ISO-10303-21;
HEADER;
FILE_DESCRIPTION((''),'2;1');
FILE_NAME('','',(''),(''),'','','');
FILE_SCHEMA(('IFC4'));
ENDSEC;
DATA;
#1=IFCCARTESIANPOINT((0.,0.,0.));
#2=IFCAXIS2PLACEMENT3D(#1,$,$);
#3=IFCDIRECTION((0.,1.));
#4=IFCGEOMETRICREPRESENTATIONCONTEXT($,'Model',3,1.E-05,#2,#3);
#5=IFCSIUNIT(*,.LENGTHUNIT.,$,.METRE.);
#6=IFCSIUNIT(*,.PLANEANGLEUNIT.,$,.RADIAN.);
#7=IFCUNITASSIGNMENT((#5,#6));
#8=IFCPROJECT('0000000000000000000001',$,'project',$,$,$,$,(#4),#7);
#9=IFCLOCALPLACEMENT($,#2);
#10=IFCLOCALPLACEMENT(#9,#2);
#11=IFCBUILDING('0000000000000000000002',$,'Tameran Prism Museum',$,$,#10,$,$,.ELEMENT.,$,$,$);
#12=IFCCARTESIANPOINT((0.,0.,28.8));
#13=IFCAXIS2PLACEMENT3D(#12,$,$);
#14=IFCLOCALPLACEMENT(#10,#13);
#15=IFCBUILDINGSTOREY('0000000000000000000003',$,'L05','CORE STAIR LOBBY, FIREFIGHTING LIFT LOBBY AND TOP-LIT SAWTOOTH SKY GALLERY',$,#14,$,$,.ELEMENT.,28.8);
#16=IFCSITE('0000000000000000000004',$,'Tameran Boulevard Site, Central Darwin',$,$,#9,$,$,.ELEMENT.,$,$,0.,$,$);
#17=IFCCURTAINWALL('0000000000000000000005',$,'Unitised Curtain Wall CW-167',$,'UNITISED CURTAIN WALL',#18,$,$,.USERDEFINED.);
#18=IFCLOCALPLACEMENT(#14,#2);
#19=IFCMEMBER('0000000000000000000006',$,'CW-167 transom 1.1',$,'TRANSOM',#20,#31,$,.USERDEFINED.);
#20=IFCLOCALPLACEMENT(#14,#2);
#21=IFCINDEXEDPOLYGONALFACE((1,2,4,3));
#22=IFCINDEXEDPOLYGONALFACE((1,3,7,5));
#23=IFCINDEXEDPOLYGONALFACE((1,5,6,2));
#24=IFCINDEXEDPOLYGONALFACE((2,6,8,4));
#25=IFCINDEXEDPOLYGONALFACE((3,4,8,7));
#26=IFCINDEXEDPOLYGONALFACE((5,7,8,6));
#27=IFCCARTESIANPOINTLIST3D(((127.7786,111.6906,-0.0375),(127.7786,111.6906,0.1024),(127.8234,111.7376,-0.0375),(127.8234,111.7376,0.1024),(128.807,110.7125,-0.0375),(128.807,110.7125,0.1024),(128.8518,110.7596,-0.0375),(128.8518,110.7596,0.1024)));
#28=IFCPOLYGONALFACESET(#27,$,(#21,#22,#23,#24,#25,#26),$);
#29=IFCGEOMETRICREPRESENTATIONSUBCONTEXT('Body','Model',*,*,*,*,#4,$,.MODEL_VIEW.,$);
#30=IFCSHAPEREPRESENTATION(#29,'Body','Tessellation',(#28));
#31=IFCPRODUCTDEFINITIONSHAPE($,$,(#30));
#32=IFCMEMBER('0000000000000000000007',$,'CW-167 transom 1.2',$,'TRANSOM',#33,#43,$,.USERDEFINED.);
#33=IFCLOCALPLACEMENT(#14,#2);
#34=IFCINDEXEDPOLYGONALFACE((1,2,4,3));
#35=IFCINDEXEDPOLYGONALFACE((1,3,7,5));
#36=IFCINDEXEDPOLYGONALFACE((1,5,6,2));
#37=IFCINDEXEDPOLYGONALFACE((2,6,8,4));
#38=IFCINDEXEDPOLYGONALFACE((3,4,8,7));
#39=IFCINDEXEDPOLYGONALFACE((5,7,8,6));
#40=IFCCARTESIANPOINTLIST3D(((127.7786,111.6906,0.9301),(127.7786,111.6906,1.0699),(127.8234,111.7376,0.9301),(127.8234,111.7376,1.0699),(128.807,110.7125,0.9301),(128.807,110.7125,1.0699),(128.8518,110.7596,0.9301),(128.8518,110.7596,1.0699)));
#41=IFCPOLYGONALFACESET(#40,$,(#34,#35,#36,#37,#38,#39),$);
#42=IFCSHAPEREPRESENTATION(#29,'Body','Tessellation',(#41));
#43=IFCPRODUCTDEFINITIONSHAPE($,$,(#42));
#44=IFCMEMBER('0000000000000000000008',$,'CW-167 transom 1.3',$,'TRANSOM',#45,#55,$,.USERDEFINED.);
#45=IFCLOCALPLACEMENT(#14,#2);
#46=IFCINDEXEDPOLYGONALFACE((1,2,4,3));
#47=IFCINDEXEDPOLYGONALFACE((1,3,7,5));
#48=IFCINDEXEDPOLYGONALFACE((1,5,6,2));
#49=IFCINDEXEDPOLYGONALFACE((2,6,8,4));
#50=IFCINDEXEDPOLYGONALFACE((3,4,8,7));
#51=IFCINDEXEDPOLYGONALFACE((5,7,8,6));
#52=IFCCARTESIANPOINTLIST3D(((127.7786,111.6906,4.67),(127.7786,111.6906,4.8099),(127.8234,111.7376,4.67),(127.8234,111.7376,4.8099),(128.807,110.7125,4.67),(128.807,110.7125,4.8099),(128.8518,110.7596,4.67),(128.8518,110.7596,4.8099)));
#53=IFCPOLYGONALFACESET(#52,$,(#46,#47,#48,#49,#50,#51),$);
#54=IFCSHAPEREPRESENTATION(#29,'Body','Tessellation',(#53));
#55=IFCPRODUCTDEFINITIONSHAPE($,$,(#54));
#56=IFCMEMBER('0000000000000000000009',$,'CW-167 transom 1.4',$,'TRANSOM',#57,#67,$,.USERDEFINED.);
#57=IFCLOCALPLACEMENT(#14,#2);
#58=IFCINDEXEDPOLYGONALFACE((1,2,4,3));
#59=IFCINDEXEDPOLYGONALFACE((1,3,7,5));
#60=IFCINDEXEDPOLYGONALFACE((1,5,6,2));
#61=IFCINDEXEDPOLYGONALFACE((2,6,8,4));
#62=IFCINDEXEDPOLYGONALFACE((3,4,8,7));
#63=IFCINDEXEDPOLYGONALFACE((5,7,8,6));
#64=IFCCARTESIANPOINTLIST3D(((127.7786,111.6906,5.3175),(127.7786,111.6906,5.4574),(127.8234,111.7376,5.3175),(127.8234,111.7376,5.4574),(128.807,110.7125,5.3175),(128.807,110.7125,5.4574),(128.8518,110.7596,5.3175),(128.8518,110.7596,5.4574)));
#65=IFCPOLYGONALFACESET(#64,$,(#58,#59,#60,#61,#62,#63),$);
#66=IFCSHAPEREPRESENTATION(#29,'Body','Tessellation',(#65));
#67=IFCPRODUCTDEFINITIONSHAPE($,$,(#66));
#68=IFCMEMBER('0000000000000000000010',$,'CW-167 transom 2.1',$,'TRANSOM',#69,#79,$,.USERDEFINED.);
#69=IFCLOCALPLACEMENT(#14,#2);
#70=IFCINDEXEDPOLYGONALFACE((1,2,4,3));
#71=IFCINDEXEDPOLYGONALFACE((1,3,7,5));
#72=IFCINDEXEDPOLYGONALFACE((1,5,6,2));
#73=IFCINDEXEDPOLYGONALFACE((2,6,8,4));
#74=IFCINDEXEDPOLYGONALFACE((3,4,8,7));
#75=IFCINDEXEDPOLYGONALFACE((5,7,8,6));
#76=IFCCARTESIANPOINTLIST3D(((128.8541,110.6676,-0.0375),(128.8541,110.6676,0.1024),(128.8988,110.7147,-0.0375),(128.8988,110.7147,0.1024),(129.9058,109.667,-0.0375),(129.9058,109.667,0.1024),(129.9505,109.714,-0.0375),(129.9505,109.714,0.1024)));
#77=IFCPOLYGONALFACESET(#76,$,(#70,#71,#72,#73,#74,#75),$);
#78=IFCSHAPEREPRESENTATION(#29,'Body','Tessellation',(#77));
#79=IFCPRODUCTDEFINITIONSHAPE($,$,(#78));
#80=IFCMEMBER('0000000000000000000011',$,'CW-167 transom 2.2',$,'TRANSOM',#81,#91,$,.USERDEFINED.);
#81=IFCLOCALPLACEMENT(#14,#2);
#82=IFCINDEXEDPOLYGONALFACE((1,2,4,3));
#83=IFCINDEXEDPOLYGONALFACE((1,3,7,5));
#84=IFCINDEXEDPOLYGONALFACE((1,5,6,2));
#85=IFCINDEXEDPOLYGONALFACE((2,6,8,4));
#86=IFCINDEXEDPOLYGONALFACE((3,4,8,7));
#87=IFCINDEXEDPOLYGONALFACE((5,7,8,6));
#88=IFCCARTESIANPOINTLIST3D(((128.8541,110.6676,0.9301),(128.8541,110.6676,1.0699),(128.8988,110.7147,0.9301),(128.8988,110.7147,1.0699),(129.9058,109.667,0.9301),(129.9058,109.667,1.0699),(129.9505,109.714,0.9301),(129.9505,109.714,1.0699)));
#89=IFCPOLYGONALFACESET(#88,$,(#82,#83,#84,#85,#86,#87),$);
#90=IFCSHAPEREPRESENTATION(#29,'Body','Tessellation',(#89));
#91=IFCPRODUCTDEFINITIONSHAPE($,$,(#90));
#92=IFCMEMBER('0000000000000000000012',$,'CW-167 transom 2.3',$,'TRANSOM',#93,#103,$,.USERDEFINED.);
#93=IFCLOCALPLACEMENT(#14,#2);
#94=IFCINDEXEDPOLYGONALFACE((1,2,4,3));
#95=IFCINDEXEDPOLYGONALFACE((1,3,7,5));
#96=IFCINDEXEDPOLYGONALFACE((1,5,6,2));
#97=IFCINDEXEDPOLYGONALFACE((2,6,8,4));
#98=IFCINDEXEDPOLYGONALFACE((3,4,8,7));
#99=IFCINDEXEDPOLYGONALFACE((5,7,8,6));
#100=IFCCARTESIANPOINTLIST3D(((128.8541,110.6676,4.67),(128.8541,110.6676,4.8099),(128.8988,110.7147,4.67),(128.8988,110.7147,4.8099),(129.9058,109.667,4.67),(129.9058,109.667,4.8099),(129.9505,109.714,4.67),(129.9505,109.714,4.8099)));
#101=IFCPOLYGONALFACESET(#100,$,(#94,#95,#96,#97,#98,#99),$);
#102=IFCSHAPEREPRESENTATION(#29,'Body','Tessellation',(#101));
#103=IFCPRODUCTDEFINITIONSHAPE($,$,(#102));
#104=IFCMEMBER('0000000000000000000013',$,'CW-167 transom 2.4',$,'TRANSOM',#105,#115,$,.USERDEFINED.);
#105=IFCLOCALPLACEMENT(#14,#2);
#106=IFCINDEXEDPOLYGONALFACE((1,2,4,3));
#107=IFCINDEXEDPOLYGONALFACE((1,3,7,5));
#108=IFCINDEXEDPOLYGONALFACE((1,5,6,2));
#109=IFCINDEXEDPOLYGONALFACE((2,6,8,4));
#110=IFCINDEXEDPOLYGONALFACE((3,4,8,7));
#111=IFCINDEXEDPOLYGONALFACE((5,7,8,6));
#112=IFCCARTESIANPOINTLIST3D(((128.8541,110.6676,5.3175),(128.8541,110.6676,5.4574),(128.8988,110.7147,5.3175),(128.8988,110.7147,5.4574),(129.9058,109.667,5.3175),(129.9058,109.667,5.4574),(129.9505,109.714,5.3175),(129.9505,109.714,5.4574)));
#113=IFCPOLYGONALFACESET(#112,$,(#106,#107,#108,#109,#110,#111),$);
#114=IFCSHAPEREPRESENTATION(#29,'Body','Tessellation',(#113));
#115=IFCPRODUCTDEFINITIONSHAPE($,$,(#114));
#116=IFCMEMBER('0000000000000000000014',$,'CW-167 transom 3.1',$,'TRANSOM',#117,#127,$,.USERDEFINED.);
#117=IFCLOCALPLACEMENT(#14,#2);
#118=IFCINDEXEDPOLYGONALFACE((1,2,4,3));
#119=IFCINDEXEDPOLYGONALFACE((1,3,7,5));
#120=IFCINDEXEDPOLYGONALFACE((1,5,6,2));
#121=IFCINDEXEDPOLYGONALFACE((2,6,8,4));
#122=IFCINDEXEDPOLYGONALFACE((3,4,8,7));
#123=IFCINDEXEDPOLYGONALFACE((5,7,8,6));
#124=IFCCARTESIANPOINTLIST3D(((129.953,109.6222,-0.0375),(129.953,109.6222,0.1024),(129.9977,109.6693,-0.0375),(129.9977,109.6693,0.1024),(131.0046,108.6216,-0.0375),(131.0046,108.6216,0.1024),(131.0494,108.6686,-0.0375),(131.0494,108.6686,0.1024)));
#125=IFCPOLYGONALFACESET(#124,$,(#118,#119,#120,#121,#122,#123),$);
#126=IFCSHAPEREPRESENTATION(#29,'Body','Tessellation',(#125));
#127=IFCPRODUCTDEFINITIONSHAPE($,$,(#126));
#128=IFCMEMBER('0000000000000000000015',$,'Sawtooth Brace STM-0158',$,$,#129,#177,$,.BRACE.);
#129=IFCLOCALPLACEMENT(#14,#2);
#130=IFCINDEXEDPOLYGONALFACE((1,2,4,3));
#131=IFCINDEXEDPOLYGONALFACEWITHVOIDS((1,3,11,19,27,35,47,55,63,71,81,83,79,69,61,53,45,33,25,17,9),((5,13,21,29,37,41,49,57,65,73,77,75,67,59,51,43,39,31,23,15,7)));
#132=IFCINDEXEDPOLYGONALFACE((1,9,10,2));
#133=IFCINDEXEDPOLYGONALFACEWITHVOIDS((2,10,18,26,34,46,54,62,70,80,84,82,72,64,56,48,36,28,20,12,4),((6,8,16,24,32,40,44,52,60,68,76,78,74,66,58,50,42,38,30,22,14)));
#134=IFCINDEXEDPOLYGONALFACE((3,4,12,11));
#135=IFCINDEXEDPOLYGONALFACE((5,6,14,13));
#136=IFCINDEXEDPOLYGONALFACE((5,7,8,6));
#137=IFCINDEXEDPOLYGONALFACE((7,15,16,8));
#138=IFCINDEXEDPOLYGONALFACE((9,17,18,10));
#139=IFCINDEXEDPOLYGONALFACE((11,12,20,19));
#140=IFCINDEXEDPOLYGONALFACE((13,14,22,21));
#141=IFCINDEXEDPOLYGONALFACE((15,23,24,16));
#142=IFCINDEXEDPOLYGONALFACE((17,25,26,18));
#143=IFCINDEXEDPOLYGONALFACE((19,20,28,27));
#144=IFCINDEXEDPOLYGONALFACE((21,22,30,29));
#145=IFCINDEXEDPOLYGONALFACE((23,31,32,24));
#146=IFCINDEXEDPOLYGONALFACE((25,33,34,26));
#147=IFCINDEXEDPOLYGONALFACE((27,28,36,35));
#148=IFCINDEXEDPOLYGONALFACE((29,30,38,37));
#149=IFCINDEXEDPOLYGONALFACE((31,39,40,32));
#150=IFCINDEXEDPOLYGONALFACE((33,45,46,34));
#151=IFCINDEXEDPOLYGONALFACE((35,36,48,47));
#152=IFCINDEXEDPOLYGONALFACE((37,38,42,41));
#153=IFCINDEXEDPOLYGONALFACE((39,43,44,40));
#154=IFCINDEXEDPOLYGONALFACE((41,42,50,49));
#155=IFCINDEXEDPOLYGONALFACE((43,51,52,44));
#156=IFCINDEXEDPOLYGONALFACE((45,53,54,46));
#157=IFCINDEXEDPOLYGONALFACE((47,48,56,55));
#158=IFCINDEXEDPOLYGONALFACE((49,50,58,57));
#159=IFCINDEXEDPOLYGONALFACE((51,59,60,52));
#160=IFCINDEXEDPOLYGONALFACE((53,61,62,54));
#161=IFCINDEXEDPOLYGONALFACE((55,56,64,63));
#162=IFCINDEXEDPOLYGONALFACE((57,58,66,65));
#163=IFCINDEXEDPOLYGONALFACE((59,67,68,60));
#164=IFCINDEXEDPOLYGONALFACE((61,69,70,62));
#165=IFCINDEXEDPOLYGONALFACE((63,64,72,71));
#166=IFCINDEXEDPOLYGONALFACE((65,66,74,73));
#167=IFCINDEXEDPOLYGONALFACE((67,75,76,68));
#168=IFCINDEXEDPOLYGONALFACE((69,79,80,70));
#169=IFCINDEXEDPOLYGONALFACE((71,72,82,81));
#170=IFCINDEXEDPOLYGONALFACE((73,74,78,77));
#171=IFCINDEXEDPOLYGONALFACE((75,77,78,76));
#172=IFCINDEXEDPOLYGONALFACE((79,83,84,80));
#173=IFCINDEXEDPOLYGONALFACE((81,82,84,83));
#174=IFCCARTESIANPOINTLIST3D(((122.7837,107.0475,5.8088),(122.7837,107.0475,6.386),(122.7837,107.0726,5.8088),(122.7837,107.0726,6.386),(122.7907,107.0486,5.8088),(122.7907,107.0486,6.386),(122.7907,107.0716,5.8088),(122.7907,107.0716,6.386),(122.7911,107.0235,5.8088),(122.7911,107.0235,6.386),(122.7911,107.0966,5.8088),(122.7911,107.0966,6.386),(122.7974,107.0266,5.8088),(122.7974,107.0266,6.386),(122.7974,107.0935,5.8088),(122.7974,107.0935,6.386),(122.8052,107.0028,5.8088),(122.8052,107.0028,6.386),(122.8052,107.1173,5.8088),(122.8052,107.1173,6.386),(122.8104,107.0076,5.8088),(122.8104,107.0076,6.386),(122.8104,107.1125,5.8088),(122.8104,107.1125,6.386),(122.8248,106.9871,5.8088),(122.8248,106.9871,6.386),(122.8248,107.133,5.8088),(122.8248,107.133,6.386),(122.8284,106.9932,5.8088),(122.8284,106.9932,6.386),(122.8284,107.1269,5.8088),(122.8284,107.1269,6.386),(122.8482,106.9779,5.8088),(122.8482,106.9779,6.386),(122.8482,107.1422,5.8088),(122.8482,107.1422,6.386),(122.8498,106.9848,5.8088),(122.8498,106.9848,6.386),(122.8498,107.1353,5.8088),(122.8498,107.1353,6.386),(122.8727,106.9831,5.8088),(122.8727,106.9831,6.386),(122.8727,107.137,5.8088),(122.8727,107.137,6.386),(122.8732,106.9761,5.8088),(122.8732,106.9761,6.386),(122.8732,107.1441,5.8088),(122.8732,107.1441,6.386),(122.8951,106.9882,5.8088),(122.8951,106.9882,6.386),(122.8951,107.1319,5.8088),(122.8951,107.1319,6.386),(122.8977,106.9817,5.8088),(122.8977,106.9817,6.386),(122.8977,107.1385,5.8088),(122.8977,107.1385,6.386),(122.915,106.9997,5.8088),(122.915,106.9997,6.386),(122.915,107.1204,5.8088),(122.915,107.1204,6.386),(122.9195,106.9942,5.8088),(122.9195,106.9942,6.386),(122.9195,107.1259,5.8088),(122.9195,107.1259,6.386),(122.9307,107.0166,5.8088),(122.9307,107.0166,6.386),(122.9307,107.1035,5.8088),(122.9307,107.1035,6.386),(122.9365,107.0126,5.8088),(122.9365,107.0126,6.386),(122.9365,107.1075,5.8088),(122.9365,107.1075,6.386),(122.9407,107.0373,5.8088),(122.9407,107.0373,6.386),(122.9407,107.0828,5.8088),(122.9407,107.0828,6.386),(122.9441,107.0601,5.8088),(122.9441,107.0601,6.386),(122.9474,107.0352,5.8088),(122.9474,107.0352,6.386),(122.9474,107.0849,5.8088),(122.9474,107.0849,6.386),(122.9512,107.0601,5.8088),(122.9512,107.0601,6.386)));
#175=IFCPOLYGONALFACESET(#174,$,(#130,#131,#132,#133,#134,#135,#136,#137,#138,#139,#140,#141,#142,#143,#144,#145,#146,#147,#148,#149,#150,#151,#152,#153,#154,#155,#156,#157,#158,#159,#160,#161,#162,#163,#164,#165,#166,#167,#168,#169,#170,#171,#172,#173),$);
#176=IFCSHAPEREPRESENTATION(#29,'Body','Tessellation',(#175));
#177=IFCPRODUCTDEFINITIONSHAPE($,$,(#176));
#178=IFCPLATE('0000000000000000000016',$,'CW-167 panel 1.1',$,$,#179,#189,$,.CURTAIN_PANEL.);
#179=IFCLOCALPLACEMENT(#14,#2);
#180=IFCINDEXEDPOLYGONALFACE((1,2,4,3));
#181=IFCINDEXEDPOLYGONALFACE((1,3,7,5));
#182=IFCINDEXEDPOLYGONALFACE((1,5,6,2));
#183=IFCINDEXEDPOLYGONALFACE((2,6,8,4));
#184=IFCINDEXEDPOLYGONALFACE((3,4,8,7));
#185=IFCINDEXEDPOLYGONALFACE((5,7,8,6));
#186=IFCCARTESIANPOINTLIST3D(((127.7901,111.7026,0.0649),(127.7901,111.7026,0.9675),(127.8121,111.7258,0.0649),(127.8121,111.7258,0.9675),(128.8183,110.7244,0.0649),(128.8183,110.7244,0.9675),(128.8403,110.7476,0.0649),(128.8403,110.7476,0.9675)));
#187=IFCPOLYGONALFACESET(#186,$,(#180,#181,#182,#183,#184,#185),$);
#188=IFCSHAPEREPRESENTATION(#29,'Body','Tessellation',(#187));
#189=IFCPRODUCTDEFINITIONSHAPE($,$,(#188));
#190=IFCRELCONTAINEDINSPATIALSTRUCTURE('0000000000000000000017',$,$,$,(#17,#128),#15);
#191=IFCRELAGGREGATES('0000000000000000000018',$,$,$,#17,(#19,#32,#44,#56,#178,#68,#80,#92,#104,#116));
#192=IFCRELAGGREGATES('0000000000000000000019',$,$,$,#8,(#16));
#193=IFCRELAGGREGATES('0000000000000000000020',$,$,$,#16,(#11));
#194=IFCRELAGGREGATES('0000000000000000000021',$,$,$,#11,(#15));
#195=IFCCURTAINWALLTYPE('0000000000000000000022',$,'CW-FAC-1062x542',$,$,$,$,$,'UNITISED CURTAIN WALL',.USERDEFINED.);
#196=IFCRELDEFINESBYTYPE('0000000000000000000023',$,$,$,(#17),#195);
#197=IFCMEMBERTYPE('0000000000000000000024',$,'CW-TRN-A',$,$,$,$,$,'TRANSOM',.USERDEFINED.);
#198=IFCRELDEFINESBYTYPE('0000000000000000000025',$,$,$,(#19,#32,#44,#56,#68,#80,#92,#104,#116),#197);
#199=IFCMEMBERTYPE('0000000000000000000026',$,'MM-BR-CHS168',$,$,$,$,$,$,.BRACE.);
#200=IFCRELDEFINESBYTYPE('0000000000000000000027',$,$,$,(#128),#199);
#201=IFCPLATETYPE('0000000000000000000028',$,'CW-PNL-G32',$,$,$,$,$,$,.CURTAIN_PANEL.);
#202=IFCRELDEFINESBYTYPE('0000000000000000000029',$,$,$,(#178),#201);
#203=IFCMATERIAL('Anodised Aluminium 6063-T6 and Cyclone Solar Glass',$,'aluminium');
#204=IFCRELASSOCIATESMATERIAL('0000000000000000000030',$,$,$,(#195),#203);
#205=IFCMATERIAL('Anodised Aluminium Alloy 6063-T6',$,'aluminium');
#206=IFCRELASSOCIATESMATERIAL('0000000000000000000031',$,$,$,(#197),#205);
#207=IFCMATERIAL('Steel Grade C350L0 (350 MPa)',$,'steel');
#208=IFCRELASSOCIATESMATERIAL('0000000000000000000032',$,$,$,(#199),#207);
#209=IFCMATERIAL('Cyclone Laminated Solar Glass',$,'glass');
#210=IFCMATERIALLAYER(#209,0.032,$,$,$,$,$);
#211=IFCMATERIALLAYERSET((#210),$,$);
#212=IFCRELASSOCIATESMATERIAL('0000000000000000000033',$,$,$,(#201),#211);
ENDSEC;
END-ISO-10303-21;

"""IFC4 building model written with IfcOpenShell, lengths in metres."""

from ifc_helpers import new_model, si_unit, direction, frame, origin, origin_2d, place, context, subcontext, project, spatial, rectangle, hollow_circle, extrude, material, layer, layer_set, material_profile, profile_set, type_object, element, aggregate, save


model = new_model("IFC4")

# Units and contexts
model_context = context("Model", 3, precision=1e-05, world=origin(), true_north=direction((0.0, 1.0)))
body_context = subcontext(model_context, "Body", "Model", "MODEL_VIEW")
ifc_project = project(units=[si_unit("LENGTHUNIT", "METRE"), si_unit("PLANEANGLEUNIT", "RADIAN")], contexts=[model_context])

# Site, building, storey
site_placement = place(None, origin())
site = spatial("IfcSite", under=ifc_project, at=site_placement, Name="Tameran Boulevard Site, Central Darwin", CompositionType="ELEMENT", RefElevation=0.0)
building_placement = place(site_placement, origin())
building = spatial("IfcBuilding", under=site, at=building_placement, Name="Tameran Prism Museum", CompositionType="ELEMENT")
storey_placement = place(building_placement, frame((0.0, 0.0, 28.8)))
storey = spatial("IfcBuildingStorey", under=building, at=storey_placement, Name="L05", Description="CORE STAIR LOBBY, FIREFIGHTING LIFT LOBBY AND TOP-LIT SAWTOOTH SKY GALLERY", CompositionType="ELEMENT", Elevation=28.8)

# Curtain wall, members
ifc_material_1 = material(Name="Anodised Aluminium 6063-T6 and Cyclone Solar Glass", Category="aluminium")
curtain_wall_type = type_object("IfcCurtainWallType", Name="CW-FAC-1062x542", ElementType="UNITISED CURTAIN WALL", PredefinedType="USERDEFINED", material=ifc_material_1)
curtain_wall_placement = place(storey_placement, origin())
curtain_wall = element("IfcCurtainWall", 1, at=curtain_wall_placement, inside=storey, type_object=curtain_wall_type, Name="Unitised Curtain Wall CW-167", ObjectType="UNITISED CURTAIN WALL", PredefinedType="USERDEFINED")
ifc_material_2 = material(Name="Anodised Aluminium Alloy 6063-T6", Category="aluminium")
ifc_material_profile_1 = material_profile(ifc_material_2, rectangle(XDim=0.0649, YDim=0.1399, at=origin_2d()))
ifc_profile_set_1 = profile_set([ifc_material_profile_1])
member_type_1 = type_object("IfcMemberType", Name="CW-TRN-A", ElementType="TRANSOM", PredefinedType="USERDEFINED", material=ifc_profile_set_1)
member_1_placement = place(storey_placement, frame((127.801, 111.7141, 0.0325), z_axis=(0.724604, -0.689165, 0.0), x_axis=(0.689165, 0.724604, 0.0)))
member_1 = element("IfcMember", 2, at=member_1_placement, type_object=member_type_1, Name="CW-167 transom 1.1", ObjectType="TRANSOM", PredefinedType="USERDEFINED", context=body_context, shape_type="SweptSolid", body=[
    extrude(rectangle(XDim=0.0649, YDim=0.1399, at=origin_2d()), origin(), (0.0, 0.0, 1.0), 1.4192),
])
member_2_placement = place(storey_placement, frame((127.801, 111.7141, 1.0), z_axis=(0.724604, -0.689165, 0.0), x_axis=(0.689165, 0.724604, 0.0)))
member_2 = element("IfcMember", 3, at=member_2_placement, type_object=member_type_1, Name="CW-167 transom 1.2", ObjectType="TRANSOM", PredefinedType="USERDEFINED", context=body_context, shape_type="SweptSolid", body=[
    extrude(rectangle(XDim=0.0649, YDim=0.1399, at=origin_2d()), origin(), (0.0, 0.0, 1.0), 1.4192),
])
member_3_placement = place(storey_placement, frame((127.801, 111.7141, 4.74), z_axis=(0.724604, -0.689165, 0.0), x_axis=(0.689165, 0.724604, 0.0)))
member_3 = element("IfcMember", 4, at=member_3_placement, type_object=member_type_1, Name="CW-167 transom 1.3", ObjectType="TRANSOM", PredefinedType="USERDEFINED", context=body_context, shape_type="SweptSolid", body=[
    extrude(rectangle(XDim=0.0649, YDim=0.1399, at=origin_2d()), origin(), (0.0, 0.0, 1.0), 1.4192),
])
member_4_placement = place(storey_placement, frame((127.801, 111.7141, 5.3875), z_axis=(0.724604, -0.689165, 0.0), x_axis=(0.689165, 0.724604, 0.0)))
member_4 = element("IfcMember", 5, at=member_4_placement, type_object=member_type_1, Name="CW-167 transom 1.4", ObjectType="TRANSOM", PredefinedType="USERDEFINED", context=body_context, shape_type="SweptSolid", body=[
    extrude(rectangle(XDim=0.0649, YDim=0.1399, at=origin_2d()), origin(), (0.0, 0.0, 1.0), 1.4192),
])
member_5_placement = place(storey_placement, frame((128.8765, 110.6912, 0.0325), z_axis=(0.724462, -0.689315, 0.0), x_axis=(0.689315, 0.724462, 0.0)))
member_5 = element("IfcMember", 6, at=member_5_placement, type_object=member_type_1, Name="CW-167 transom 2.1", ObjectType="TRANSOM", PredefinedType="USERDEFINED", context=body_context, shape_type="SweptSolid", body=[
    extrude(rectangle(XDim=0.0649, YDim=0.1399, at=origin_2d()), origin(), (0.0, 0.0, 1.0), 1.4517),
])
member_6_placement = place(storey_placement, frame((128.8765, 110.6912, 1.0), z_axis=(0.724462, -0.689315, 0.0), x_axis=(0.689315, 0.724462, 0.0)))
member_6 = element("IfcMember", 7, at=member_6_placement, type_object=member_type_1, Name="CW-167 transom 2.2", ObjectType="TRANSOM", PredefinedType="USERDEFINED", context=body_context, shape_type="SweptSolid", body=[
    extrude(rectangle(XDim=0.0649, YDim=0.1399, at=origin_2d()), origin(), (0.0, 0.0, 1.0), 1.4517),
])
member_7_placement = place(storey_placement, frame((128.8765, 110.6912, 4.74), z_axis=(0.724462, -0.689315, 0.0), x_axis=(0.689315, 0.724462, 0.0)))
member_7 = element("IfcMember", 8, at=member_7_placement, type_object=member_type_1, Name="CW-167 transom 2.3", ObjectType="TRANSOM", PredefinedType="USERDEFINED", context=body_context, shape_type="SweptSolid", body=[
    extrude(rectangle(XDim=0.0649, YDim=0.1399, at=origin_2d()), origin(), (0.0, 0.0, 1.0), 1.4517),
])
member_8_placement = place(storey_placement, frame((128.8765, 110.6912, 5.3875), z_axis=(0.724462, -0.689315, 0.0), x_axis=(0.689315, 0.724462, 0.0)))
member_8 = element("IfcMember", 9, at=member_8_placement, type_object=member_type_1, Name="CW-167 transom 2.4", ObjectType="TRANSOM", PredefinedType="USERDEFINED", context=body_context, shape_type="SweptSolid", body=[
    extrude(rectangle(XDim=0.0649, YDim=0.1399, at=origin_2d()), origin(), (0.0, 0.0, 1.0), 1.4517),
])
member_9_placement = place(storey_placement, frame((129.9753, 109.6458, 0.0325), z_axis=(0.724462, -0.689315, 0.0), x_axis=(0.689315, 0.724462, 0.0)))
member_9 = element("IfcMember", 10, at=member_9_placement, type_object=member_type_1, Name="CW-167 transom 3.1", ObjectType="TRANSOM", PredefinedType="USERDEFINED", context=body_context, shape_type="SweptSolid", body=[
    extrude(rectangle(XDim=0.0649, YDim=0.1399, at=origin_2d()), origin(), (0.0, 0.0, 1.0), 1.4517),
])

# Member
ifc_material_3 = material(Name="Steel Grade C350L0 (350 MPa)", Category="steel")
ifc_material_profile_2 = material_profile(ifc_material_3, hollow_circle(Radius=0.0842, WallThickness=0.0071, at=origin_2d()))
ifc_profile_set_2 = profile_set([ifc_material_profile_2])
member_type_2 = type_object("IfcMemberType", Name="MM-BR-CHS168", PredefinedType="BRACE", material=ifc_profile_set_2)
member_10_placement = place(storey_placement, frame((122.8669, 107.0601, 6.386), z_axis=(0.0, 0.0, -1.0), x_axis=(1.0, 0.0, 0.0)))
element("IfcMember", 11, at=member_10_placement, inside=storey, type_object=member_type_2, Name="Sawtooth Brace STM-0158", PredefinedType="BRACE", context=body_context, shape_type="SweptSolid", body=[
    extrude(hollow_circle(Radius=0.0842, WallThickness=0.0071, at=origin_2d()), origin(), (0.0, 0.0, 1.0), 0.5771),
])

# Plate
ifc_material_4 = material(Name="Cyclone Laminated Solar Glass", Category="glass")
ifc_layer_1 = layer(ifc_material_4, 0.032)
ifc_layer_set_1 = layer_set([ifc_layer_1])
plate_type_1 = type_object("IfcPlateType", Name="CW-PNL-G32", PredefinedType="CURTAIN_PANEL", material=ifc_layer_set_1)
plate_1_placement = place(storey_placement, frame((128.3152, 111.2251, 0.0649), z_axis=(0.0, 0.0, 1.0), x_axis=(0.724501, -0.689274, 0.0)))
plate_1 = element("IfcPlate", 12, at=plate_1_placement, type_object=plate_type_1, Name="CW-167 panel 1.1", PredefinedType="CURTAIN_PANEL", context=body_context, shape_type="SweptSolid", body=[
    extrude(rectangle(XDim=1.4192, YDim=0.032, at=origin_2d()), origin(), (0.0, 0.0, 1.0), 0.9026),
])
aggregate(curtain_wall, [member_1, member_2, member_3, member_4, plate_1, member_5, member_6, member_7, member_8, member_9])

save(model, "model.ifc")
